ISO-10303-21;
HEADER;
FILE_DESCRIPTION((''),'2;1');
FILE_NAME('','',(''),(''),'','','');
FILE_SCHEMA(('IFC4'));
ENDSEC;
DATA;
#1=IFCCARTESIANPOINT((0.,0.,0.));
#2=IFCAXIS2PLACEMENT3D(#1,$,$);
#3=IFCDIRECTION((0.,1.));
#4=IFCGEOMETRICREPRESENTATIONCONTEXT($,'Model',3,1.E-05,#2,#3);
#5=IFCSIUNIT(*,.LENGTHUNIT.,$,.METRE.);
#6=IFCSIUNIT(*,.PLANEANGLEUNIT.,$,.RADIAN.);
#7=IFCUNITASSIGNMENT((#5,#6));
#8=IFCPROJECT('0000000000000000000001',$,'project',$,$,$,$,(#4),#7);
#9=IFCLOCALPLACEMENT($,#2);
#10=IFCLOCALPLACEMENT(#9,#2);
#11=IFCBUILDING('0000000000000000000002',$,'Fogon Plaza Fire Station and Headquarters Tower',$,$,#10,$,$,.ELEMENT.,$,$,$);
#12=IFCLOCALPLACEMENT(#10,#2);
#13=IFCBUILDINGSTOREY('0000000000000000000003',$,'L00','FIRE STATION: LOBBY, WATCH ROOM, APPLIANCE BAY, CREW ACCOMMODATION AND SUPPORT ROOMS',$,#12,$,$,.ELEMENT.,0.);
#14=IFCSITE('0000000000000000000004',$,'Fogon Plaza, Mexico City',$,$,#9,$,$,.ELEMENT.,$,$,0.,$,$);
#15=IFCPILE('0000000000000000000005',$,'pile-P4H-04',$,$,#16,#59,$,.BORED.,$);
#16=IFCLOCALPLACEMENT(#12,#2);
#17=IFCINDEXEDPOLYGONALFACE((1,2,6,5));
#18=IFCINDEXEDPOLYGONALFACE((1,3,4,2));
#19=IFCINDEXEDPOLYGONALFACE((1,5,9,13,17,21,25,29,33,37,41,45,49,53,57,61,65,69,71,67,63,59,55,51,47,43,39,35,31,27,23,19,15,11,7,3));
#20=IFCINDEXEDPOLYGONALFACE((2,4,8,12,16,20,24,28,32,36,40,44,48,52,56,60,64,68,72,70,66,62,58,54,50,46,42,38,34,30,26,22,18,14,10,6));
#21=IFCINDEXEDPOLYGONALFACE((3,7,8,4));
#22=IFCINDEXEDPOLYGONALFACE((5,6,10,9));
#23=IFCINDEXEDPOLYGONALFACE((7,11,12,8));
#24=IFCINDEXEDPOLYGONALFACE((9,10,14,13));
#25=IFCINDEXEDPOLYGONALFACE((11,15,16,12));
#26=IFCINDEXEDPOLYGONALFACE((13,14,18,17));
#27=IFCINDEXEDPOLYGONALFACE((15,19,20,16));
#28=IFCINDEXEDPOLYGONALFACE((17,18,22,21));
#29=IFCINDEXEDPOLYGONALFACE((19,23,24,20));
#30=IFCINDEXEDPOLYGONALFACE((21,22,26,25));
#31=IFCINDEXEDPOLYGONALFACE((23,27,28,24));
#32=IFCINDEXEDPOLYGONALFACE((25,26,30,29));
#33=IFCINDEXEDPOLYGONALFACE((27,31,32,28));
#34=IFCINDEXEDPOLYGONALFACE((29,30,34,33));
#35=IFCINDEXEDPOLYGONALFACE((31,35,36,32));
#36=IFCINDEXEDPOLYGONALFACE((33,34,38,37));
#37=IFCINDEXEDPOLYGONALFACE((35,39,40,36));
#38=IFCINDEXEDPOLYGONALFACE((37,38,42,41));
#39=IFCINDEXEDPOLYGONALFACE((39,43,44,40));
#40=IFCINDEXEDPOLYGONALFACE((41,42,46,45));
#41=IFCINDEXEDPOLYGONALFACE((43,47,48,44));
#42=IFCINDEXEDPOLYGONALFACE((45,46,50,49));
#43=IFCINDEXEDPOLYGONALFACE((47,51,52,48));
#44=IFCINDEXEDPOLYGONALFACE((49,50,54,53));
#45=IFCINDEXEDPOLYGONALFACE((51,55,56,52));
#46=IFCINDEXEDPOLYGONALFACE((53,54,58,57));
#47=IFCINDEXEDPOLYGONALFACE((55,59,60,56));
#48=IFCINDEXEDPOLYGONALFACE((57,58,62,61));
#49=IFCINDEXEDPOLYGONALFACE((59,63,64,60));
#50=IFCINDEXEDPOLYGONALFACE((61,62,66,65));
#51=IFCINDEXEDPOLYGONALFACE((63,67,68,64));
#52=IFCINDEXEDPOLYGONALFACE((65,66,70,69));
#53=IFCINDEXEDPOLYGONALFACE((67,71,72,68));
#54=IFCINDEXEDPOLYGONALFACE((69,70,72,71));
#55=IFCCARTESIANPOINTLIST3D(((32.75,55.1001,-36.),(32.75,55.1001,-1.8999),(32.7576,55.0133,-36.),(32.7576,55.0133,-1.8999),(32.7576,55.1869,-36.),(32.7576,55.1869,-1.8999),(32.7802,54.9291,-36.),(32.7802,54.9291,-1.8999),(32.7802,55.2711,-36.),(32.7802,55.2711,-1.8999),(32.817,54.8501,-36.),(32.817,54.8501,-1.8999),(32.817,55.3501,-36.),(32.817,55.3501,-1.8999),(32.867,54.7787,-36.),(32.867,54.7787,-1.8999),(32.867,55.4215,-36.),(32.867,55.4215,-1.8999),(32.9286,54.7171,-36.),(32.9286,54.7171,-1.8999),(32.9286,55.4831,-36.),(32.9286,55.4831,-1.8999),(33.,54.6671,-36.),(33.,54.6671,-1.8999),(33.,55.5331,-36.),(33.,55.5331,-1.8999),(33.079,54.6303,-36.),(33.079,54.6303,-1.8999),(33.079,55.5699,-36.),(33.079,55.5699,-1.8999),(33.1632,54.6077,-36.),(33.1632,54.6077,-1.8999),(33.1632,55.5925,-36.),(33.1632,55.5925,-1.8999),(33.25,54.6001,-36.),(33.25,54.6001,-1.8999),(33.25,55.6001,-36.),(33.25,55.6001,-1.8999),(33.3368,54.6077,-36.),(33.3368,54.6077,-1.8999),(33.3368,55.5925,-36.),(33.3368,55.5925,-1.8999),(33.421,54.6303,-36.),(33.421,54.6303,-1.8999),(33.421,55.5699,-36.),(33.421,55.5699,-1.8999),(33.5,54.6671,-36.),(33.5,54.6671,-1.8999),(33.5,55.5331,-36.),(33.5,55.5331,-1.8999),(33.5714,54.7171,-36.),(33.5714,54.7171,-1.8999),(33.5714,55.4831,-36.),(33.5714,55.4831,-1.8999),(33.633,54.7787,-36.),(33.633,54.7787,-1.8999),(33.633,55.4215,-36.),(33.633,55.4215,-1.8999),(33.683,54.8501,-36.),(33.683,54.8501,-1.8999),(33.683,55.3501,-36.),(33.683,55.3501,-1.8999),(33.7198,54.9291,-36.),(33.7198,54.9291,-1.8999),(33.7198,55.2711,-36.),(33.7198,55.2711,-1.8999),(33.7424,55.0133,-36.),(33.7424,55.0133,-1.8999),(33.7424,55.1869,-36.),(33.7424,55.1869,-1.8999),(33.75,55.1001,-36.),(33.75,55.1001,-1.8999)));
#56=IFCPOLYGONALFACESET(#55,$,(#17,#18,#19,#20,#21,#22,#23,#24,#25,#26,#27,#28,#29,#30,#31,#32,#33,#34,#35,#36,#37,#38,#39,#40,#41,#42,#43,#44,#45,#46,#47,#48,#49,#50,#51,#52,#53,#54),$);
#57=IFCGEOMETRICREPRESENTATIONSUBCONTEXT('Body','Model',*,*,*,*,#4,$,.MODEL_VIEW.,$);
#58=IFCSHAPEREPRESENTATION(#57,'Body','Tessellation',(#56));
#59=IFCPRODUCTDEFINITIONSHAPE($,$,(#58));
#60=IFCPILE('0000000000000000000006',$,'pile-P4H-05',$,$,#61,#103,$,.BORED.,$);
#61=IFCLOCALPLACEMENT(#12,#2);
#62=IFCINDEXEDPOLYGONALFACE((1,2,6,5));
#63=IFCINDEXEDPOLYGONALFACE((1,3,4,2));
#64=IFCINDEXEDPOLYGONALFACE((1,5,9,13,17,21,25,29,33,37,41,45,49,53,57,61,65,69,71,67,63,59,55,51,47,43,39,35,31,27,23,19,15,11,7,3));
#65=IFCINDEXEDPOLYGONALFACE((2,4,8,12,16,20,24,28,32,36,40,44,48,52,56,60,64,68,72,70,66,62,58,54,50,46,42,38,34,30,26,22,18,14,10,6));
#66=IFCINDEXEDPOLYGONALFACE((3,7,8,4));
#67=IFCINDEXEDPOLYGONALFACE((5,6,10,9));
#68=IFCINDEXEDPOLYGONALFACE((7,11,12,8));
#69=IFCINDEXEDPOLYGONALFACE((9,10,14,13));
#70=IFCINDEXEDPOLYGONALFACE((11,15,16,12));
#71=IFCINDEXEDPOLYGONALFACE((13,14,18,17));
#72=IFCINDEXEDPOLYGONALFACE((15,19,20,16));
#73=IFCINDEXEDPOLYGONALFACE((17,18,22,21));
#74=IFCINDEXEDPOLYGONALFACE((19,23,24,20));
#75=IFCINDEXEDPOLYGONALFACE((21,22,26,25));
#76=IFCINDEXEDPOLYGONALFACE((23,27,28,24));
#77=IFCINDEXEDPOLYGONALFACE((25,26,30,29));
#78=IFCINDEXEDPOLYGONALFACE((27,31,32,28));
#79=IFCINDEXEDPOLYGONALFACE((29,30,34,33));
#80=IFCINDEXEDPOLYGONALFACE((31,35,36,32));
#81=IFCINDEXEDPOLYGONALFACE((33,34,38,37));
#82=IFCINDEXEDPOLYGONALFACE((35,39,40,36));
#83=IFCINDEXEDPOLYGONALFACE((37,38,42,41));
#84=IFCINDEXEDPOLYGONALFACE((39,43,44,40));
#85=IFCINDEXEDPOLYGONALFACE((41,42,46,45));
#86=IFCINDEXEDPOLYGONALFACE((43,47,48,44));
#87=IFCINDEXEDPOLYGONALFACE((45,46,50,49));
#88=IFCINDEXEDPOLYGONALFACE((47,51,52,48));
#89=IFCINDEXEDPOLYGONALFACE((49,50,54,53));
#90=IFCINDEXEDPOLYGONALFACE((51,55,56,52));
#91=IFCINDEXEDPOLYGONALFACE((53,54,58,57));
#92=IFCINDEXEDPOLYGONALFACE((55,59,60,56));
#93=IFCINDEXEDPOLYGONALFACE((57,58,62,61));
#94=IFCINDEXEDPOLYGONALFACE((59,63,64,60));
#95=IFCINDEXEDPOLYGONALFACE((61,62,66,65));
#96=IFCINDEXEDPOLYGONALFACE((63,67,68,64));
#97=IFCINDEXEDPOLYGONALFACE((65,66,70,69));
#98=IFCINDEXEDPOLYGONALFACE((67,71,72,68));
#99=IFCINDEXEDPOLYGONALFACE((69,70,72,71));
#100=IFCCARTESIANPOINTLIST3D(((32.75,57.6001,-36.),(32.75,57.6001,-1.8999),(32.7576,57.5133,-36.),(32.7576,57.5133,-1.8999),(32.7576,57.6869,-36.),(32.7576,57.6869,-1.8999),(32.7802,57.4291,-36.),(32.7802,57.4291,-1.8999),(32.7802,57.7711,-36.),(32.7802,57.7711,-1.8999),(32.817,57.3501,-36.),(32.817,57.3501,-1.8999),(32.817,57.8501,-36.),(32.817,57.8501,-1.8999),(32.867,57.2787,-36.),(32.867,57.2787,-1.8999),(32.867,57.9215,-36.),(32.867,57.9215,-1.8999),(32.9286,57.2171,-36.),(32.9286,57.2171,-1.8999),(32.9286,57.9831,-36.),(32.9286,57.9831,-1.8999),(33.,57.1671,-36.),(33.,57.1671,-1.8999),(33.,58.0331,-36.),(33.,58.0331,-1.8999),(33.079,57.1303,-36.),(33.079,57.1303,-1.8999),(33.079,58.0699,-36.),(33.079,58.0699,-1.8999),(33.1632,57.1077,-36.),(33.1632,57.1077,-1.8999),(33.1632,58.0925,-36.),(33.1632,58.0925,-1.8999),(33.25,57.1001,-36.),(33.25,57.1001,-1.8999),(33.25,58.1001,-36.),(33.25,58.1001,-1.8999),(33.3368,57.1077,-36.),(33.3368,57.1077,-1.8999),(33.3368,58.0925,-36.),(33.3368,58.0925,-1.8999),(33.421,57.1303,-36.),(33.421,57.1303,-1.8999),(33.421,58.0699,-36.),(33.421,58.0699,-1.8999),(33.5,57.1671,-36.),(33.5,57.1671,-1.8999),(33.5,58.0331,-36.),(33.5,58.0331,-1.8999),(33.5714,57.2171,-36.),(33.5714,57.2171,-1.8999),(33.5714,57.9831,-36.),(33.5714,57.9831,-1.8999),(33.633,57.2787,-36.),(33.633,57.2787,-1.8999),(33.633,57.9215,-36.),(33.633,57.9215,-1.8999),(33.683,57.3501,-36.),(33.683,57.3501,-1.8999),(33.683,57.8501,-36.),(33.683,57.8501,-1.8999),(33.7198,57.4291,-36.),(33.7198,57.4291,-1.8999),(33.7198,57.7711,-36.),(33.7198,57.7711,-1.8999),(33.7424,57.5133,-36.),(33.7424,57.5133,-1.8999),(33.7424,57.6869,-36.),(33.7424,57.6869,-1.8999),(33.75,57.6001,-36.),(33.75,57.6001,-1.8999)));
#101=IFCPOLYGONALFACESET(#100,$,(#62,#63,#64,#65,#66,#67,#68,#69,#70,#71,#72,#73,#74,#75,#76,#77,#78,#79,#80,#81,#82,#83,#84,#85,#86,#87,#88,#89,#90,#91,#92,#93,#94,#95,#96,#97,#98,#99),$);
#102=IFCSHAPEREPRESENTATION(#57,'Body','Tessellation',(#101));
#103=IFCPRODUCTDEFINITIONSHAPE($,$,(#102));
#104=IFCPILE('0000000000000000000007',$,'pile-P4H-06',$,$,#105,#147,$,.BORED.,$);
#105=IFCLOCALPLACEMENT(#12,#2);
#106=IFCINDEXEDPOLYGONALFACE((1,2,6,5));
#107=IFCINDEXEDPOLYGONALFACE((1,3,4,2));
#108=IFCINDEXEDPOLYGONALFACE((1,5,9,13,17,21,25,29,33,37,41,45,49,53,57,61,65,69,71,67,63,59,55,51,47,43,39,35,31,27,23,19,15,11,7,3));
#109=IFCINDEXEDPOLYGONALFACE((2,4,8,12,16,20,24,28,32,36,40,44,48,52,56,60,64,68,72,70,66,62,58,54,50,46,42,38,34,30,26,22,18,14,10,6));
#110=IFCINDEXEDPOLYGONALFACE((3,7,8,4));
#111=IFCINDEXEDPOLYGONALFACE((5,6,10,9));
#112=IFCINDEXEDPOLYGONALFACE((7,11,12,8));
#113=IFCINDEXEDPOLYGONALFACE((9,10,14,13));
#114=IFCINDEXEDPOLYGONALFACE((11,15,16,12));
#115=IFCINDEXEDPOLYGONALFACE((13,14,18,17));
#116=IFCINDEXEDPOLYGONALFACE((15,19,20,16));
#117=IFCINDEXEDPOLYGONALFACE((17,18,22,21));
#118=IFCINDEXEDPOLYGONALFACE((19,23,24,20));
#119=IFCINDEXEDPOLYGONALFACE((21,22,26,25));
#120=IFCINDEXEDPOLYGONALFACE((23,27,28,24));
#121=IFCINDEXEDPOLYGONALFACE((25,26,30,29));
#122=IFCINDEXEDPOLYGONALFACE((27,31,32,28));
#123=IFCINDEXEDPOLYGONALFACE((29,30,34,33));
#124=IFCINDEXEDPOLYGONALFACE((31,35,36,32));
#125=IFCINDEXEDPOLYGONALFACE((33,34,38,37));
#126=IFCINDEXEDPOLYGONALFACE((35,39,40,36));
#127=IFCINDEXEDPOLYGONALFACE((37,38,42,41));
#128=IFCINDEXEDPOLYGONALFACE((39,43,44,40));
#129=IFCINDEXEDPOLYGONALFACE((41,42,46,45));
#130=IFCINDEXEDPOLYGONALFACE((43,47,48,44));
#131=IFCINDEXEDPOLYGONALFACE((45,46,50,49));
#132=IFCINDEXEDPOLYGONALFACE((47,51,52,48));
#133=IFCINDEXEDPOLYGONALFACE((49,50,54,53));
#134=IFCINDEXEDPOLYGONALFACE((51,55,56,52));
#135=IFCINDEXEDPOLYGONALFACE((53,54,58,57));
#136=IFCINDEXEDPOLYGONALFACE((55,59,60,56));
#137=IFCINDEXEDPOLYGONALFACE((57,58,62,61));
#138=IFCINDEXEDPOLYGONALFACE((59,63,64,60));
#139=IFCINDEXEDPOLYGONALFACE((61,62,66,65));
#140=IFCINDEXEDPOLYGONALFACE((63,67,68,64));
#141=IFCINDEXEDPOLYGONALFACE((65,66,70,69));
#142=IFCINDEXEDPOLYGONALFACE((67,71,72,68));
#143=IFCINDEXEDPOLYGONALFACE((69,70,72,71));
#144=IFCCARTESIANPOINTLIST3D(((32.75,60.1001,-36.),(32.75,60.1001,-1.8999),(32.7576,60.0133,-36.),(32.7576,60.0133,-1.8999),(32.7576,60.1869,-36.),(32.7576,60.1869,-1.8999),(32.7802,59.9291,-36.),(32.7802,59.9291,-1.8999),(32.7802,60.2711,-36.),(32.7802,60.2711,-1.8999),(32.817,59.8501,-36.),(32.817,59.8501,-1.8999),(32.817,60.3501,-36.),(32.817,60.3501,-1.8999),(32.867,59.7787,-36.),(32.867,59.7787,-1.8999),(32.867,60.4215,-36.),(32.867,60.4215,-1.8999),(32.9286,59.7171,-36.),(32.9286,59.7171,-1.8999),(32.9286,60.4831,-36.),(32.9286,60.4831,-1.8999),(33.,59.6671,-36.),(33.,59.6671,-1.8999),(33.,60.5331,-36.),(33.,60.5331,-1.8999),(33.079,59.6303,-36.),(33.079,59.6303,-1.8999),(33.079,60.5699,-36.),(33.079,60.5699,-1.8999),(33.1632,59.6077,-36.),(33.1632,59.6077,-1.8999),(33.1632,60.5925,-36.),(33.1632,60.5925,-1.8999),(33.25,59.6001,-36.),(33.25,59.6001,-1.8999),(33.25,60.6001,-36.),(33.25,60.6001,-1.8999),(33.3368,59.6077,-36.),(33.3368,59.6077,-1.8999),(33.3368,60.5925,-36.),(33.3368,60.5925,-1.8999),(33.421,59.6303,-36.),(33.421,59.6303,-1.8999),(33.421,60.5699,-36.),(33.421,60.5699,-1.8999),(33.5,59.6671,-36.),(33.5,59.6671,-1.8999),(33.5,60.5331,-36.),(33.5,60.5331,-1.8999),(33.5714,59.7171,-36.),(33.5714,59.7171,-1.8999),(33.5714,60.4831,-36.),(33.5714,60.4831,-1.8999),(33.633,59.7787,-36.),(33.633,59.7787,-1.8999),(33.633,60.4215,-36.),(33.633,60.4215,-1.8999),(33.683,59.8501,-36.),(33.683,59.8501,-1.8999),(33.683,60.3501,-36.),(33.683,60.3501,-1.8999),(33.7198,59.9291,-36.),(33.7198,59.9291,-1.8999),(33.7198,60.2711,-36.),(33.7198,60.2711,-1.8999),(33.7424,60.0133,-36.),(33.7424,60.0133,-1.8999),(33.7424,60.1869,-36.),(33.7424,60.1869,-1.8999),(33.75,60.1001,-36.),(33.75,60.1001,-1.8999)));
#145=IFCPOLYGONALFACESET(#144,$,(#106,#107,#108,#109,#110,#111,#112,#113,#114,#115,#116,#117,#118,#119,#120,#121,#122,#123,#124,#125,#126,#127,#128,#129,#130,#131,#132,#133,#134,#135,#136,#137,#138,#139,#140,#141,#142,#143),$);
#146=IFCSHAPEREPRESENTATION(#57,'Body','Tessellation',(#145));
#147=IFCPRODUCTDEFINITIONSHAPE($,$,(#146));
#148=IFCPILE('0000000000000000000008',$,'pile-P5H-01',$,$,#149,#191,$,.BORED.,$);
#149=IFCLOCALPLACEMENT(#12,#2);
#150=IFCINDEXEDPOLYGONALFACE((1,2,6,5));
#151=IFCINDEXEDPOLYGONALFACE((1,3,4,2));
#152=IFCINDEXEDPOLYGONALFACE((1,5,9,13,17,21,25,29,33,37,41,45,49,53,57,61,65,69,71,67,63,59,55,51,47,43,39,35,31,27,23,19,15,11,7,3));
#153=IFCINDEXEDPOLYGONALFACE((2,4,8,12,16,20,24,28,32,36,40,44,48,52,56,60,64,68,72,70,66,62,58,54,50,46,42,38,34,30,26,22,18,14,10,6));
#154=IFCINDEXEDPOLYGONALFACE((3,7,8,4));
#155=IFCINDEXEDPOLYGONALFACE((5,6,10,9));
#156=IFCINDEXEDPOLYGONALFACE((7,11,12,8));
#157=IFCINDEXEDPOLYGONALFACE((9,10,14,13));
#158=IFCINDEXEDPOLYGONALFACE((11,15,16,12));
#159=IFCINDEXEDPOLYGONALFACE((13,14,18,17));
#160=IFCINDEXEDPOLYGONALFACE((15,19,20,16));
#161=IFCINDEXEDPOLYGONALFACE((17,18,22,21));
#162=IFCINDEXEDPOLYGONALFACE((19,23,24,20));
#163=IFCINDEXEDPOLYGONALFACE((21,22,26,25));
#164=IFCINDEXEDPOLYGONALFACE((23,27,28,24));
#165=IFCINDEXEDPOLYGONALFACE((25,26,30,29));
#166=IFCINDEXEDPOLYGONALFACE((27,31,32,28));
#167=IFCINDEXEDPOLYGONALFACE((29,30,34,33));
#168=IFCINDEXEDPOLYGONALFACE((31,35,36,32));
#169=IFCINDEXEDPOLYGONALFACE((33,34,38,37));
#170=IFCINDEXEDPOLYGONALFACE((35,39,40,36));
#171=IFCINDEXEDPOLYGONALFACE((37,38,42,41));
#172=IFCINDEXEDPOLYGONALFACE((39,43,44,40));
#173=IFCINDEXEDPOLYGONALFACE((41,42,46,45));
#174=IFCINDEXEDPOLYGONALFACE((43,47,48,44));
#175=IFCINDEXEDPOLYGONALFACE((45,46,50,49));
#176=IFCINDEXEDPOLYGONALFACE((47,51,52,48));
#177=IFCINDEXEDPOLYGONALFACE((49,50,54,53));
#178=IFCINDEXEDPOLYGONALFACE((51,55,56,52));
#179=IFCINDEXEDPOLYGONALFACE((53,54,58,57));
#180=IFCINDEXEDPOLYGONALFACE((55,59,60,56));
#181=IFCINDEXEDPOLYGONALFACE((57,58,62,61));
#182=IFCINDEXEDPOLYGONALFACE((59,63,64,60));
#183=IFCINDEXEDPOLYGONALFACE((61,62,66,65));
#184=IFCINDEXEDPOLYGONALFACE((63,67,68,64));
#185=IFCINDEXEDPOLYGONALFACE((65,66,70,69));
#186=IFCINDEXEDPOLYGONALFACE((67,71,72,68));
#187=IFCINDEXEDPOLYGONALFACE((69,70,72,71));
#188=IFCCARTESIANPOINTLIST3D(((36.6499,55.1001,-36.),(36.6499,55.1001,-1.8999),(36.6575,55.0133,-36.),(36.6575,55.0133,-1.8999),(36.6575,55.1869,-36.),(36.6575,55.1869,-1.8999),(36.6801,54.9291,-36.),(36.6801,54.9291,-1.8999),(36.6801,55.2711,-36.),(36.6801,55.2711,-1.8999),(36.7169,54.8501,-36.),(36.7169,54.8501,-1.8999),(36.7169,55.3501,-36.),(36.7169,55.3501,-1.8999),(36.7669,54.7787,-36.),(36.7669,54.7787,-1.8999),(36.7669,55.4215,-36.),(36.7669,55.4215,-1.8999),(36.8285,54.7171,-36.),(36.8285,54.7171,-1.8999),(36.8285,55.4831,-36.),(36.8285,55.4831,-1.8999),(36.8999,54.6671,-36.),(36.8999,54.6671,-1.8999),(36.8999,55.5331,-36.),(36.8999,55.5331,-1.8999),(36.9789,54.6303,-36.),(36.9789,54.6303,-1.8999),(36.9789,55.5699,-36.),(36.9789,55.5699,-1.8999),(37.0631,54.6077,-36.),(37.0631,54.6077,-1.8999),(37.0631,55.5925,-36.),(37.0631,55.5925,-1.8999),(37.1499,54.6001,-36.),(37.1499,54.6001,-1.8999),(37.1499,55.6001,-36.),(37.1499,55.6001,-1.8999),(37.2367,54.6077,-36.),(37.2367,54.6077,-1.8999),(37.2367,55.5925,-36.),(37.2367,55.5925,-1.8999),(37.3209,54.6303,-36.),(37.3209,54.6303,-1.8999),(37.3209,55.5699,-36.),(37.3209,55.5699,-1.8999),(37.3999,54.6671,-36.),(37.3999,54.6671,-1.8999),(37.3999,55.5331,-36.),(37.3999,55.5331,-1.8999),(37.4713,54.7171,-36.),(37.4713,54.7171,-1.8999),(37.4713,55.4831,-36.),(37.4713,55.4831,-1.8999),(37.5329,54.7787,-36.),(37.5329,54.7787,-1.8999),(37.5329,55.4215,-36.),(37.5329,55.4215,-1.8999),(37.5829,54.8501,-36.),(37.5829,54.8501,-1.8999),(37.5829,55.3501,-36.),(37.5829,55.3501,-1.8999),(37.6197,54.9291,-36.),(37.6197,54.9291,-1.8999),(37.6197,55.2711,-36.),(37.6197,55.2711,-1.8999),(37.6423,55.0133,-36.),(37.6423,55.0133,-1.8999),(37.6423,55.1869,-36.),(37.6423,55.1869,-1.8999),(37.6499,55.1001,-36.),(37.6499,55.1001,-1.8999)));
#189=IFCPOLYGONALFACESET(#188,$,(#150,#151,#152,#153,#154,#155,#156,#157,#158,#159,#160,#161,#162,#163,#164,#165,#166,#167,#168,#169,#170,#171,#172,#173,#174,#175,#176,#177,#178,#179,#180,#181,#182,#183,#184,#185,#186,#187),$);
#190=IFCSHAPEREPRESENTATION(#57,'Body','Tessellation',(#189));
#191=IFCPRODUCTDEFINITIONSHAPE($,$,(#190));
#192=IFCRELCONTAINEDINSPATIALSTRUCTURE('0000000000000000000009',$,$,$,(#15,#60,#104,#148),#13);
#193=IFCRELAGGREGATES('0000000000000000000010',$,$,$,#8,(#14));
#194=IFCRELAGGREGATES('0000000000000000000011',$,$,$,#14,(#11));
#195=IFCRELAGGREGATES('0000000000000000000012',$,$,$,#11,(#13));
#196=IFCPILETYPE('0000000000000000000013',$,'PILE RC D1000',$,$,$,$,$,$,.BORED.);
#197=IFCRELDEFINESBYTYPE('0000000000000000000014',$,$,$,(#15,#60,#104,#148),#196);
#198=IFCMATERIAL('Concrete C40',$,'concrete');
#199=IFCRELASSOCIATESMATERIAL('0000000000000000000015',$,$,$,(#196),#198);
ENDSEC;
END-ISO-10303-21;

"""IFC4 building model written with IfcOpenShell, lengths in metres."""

from ifc_helpers import new_model, si_unit, direction, frame, origin, origin_2d, place, context, subcontext, project, spatial, circle, extrude, material, material_profile, profile_set, type_object, element, save


model = new_model("IFC4")

# Units and contexts
model_context = context("Model", 3, precision=1e-05, world=origin(), true_north=direction((0.0, 1.0)))
body_context = subcontext(model_context, "Body", "Model", "MODEL_VIEW")
ifc_project = project(units=[si_unit("LENGTHUNIT", "METRE"), si_unit("PLANEANGLEUNIT", "RADIAN")], contexts=[model_context])

# Site, building, storey
site_placement = place(None, origin())
site = spatial("IfcSite", under=ifc_project, at=site_placement, Name="Fogon Plaza, Mexico City", CompositionType="ELEMENT", RefElevation=0.0)
building_placement = place(site_placement, origin())
building = spatial("IfcBuilding", under=site, at=building_placement, Name="Fogon Plaza Fire Station and Headquarters Tower", CompositionType="ELEMENT")
storey_placement = place(building_placement, origin())
storey = spatial("IfcBuildingStorey", under=building, at=storey_placement, Name="L00", Description="FIRE STATION: LOBBY, WATCH ROOM, APPLIANCE BAY, CREW ACCOMMODATION AND SUPPORT ROOMS", CompositionType="ELEMENT", Elevation=0.0)

# Piles
ifc_material_1 = material(Name="Concrete C40", Category="concrete")
ifc_material_profile_1 = material_profile(ifc_material_1, circle(Radius=0.5, at=origin_2d()), Name="RC D1000")
ifc_profile_set_1 = profile_set([ifc_material_profile_1], Name="Concrete C40")
pile_type_1 = type_object("IfcPileType", Name="PILE RC D1000", PredefinedType="BORED", material=ifc_profile_set_1)
for number, where, z_axis, x_axis, name in (
    (1, (33.25, 55.1001, -1.8999), (0.0, 0.0, -1.0), (1.0, 0.0, 0.0), "pile-P4H-04"),
    (2, (33.25, 57.6001, -1.8999), (0.0, 0.0, -1.0), (1.0, 0.0, 0.0), "pile-P4H-05"),
    (3, (33.25, 60.1001, -1.8999), (0.0, 0.0, -1.0), (1.0, 0.0, 0.0), "pile-P4H-06"),
    (4, (37.1499, 55.1001, -1.8999), (0.0, 0.0, -1.0), (1.0, 0.0, 0.0), "pile-P5H-01"),
):
    element("IfcPile", number, at=place(storey_placement, frame(where, z_axis=z_axis, x_axis=x_axis)), inside=storey, type_object=pile_type_1, Name=name, PredefinedType="BORED", context=body_context, shape_type="SweptSolid", body=[
        extrude(circle(Radius=0.5, at=origin_2d()), origin(), (0.0, 0.0, 1.0), 34.1001),
    ])

save(model, "model.ifc")
